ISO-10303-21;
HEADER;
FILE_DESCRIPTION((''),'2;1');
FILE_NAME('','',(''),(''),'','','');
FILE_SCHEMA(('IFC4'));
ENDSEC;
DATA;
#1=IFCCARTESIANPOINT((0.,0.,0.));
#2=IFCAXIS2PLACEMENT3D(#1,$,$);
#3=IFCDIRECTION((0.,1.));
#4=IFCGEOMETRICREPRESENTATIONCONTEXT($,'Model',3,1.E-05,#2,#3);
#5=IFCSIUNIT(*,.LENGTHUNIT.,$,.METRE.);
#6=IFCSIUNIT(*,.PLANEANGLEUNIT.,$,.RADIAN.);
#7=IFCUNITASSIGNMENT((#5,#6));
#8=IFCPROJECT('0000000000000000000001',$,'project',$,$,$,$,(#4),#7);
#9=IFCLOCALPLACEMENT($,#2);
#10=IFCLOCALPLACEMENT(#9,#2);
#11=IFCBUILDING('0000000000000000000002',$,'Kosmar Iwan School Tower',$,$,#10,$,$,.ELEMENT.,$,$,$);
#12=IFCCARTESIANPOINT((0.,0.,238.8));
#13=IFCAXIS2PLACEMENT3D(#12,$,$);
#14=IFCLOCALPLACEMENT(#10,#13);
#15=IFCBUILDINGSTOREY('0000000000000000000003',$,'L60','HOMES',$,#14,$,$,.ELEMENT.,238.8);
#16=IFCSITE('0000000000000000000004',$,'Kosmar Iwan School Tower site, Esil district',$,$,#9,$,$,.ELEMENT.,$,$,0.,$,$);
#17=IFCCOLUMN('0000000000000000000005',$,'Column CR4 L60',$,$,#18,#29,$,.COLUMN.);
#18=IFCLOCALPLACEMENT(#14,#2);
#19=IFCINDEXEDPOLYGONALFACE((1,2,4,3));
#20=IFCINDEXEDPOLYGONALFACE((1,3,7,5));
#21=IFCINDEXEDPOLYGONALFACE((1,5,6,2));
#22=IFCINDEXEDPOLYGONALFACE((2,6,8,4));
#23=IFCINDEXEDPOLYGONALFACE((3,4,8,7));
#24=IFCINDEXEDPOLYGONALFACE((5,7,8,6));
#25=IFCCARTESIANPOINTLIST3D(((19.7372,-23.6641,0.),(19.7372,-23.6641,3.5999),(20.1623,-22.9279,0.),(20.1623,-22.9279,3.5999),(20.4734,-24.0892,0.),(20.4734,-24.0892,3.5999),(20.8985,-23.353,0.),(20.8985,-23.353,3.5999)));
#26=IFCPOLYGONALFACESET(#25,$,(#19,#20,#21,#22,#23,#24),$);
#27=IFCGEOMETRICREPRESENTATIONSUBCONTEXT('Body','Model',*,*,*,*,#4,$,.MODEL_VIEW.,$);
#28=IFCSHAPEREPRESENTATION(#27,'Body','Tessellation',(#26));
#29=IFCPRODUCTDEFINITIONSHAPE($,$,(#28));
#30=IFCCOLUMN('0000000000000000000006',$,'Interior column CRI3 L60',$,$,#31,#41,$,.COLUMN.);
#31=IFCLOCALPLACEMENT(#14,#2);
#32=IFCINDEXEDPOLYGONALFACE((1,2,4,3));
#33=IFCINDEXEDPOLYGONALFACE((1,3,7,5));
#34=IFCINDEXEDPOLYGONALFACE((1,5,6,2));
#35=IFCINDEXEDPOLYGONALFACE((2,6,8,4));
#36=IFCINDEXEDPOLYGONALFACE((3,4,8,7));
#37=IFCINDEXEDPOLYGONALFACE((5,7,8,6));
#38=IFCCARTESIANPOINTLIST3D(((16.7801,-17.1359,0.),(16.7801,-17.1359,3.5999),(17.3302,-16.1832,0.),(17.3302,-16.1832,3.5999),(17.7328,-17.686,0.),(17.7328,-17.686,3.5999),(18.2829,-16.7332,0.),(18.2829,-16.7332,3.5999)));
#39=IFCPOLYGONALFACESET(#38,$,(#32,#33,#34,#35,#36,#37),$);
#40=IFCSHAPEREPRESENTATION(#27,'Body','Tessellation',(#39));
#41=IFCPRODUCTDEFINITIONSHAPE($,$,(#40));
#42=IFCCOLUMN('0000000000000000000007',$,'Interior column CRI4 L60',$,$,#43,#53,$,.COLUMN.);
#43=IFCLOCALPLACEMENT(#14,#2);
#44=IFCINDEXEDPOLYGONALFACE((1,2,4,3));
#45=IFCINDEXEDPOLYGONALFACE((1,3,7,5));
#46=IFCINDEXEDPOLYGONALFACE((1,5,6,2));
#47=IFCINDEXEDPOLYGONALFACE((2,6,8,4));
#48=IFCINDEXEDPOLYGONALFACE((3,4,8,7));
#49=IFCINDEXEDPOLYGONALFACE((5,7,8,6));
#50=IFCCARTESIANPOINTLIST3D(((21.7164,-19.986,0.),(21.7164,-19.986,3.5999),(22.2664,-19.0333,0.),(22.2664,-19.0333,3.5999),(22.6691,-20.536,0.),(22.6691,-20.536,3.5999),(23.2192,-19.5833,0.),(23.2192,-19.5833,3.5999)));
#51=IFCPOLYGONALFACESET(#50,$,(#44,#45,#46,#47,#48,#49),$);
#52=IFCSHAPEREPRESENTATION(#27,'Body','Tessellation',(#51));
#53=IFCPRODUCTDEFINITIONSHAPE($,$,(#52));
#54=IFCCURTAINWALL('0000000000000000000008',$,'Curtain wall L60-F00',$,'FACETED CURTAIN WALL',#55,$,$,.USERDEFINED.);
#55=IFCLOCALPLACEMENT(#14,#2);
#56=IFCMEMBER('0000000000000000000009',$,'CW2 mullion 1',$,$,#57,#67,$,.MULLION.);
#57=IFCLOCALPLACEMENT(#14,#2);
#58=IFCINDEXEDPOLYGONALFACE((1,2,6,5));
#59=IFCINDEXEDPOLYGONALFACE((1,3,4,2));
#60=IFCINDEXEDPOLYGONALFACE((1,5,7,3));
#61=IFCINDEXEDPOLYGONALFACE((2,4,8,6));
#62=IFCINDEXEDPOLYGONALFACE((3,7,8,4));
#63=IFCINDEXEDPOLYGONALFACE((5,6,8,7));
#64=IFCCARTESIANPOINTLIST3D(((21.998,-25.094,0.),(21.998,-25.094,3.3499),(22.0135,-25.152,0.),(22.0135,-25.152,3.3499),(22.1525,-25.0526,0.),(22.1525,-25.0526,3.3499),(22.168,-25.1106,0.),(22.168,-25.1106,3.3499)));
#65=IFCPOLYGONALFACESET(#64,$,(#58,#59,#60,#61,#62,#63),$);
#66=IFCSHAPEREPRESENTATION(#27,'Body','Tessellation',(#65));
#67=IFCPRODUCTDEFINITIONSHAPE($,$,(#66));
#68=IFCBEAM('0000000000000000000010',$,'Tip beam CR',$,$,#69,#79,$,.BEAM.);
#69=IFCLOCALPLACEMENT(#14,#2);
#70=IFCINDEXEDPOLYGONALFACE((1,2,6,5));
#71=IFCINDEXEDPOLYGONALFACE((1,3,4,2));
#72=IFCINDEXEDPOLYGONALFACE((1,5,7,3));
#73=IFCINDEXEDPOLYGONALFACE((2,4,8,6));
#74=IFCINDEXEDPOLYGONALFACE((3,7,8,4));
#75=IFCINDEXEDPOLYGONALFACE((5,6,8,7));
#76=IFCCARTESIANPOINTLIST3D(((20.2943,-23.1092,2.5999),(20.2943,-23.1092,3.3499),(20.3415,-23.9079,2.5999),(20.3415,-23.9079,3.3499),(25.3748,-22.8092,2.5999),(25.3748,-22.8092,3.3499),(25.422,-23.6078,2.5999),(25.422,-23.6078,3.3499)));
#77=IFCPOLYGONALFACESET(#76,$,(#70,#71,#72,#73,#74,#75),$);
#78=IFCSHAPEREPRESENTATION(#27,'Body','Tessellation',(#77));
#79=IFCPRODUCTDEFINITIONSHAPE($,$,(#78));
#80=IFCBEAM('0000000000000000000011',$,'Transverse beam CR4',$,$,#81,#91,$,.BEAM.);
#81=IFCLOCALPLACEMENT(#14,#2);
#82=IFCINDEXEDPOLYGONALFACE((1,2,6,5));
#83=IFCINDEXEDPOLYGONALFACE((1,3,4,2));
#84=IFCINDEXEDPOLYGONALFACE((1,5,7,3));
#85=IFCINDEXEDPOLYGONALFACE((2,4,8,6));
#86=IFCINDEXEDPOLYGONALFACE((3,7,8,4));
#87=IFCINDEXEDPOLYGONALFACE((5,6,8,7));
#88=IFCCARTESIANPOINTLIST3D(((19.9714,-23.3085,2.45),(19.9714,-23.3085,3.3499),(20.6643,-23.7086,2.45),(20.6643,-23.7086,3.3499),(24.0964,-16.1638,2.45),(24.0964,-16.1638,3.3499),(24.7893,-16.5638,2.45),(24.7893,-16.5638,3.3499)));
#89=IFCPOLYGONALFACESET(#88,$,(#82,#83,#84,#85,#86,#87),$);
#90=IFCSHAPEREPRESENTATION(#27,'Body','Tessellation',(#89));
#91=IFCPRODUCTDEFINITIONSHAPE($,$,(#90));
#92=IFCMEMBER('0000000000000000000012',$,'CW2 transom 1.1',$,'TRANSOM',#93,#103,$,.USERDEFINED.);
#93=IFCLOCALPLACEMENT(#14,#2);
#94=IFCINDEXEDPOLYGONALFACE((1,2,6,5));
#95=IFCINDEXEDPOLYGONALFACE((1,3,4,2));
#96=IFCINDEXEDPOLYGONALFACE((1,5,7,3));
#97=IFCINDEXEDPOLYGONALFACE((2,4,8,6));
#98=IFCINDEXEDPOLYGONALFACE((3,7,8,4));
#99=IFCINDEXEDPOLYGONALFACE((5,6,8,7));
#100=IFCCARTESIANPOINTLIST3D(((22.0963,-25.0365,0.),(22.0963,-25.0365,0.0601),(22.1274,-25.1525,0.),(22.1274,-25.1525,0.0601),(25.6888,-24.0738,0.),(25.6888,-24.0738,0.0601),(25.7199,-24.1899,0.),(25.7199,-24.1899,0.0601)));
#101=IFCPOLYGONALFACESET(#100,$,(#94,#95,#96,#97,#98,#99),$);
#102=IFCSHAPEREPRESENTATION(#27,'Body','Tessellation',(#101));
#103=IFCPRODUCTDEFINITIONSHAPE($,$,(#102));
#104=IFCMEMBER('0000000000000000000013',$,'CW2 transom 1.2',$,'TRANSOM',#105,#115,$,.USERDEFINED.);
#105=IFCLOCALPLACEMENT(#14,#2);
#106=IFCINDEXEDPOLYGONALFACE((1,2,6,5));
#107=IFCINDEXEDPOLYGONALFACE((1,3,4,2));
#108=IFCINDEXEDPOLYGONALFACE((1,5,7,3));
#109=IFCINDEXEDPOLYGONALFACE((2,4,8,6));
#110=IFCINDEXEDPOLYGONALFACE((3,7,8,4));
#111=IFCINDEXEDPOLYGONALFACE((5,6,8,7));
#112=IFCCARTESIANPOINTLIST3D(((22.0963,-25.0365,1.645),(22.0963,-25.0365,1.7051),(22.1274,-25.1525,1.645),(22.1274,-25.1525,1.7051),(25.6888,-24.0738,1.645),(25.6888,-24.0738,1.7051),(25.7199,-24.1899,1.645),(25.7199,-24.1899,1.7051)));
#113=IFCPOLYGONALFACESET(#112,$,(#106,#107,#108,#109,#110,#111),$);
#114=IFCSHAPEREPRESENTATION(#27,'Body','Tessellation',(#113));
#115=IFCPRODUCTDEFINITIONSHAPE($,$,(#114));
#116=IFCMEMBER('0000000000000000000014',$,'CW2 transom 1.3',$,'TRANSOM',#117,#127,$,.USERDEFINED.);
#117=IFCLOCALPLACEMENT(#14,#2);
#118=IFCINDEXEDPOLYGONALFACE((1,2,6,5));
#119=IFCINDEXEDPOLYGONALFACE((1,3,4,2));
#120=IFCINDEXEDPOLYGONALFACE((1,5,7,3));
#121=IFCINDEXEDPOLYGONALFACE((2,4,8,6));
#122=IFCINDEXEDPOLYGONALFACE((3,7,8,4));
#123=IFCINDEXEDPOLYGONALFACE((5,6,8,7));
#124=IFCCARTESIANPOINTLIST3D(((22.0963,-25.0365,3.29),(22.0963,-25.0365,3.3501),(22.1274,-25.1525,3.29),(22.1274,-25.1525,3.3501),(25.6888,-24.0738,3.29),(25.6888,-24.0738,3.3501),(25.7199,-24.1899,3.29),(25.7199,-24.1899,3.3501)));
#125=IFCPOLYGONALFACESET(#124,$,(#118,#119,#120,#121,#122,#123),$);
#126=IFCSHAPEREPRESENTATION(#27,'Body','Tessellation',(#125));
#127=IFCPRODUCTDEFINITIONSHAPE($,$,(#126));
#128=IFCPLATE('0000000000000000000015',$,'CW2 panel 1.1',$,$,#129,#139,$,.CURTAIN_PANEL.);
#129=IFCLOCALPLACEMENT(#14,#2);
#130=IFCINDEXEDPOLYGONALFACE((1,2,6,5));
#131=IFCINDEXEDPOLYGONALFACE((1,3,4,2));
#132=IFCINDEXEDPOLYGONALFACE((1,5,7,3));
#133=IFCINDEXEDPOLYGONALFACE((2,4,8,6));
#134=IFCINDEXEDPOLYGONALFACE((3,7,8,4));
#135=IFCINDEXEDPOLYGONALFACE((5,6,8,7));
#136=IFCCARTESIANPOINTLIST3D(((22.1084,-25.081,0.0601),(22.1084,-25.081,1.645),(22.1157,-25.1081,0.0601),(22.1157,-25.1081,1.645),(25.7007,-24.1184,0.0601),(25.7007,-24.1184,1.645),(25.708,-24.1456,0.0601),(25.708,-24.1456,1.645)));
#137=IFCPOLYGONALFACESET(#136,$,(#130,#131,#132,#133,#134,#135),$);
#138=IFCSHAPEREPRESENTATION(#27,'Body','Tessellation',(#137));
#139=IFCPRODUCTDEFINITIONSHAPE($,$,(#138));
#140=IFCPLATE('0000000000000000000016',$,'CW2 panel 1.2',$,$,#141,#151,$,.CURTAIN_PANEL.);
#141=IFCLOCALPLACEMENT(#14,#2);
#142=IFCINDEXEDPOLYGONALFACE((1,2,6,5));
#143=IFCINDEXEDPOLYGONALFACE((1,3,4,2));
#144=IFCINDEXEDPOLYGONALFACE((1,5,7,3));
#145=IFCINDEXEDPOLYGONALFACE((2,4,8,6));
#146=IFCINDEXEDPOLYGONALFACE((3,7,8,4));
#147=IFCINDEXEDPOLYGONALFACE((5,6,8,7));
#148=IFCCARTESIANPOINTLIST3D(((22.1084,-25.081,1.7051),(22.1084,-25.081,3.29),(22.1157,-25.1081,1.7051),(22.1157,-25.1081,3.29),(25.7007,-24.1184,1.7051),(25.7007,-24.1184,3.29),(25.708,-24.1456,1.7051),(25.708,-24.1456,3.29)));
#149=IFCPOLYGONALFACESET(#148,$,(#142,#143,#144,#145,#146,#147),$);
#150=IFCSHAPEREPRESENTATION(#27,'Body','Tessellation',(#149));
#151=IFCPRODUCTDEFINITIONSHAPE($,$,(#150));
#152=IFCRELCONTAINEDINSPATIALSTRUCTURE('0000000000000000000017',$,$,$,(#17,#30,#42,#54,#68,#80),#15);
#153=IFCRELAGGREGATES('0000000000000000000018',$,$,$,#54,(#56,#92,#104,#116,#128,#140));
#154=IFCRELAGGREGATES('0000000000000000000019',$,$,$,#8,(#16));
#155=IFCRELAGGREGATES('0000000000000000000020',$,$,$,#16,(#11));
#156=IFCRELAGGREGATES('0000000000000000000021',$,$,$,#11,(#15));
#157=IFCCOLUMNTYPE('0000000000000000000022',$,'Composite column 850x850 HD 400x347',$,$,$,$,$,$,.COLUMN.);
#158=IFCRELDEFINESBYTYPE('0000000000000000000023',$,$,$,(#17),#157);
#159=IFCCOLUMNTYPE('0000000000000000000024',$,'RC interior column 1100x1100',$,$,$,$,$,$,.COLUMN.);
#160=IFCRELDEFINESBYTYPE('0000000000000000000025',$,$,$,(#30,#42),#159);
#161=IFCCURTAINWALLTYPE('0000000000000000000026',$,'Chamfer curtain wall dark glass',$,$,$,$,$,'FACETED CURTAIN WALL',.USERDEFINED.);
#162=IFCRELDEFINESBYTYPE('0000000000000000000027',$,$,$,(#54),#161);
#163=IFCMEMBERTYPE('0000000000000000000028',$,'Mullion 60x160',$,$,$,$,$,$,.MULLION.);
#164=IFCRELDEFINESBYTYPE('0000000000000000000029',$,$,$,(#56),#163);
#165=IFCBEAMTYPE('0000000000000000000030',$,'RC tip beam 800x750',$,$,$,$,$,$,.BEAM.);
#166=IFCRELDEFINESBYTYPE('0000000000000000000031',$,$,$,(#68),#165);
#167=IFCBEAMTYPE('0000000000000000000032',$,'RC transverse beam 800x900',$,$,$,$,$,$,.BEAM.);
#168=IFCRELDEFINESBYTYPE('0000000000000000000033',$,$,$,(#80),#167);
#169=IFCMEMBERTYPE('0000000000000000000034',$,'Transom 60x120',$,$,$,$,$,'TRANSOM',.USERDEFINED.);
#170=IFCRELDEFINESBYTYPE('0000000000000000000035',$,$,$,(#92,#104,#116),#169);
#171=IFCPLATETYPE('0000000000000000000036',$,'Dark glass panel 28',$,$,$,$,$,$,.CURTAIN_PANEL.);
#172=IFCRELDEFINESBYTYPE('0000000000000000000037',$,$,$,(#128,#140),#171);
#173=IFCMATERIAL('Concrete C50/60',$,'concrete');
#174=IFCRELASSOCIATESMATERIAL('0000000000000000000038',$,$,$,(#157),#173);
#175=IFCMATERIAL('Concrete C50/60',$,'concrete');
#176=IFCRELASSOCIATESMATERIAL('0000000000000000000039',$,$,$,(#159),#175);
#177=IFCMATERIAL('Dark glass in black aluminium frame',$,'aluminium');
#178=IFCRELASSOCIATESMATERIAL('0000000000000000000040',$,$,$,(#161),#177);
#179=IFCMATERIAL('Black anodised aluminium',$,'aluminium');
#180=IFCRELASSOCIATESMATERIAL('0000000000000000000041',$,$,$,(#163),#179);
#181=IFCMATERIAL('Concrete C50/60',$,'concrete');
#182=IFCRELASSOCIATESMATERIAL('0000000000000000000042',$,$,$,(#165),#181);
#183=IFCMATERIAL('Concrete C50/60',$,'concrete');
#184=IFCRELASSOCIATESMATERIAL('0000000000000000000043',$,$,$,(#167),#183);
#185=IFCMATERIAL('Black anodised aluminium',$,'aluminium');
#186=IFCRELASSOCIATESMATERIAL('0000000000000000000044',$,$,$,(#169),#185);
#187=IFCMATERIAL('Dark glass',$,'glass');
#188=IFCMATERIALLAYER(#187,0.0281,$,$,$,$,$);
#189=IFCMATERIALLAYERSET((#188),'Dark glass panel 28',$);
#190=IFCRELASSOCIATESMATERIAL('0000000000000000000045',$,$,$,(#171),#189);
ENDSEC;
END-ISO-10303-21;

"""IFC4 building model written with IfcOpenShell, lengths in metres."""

from ifc_helpers import new_model, si_unit, direction, frame, origin, origin_2d, place, context, subcontext, project, spatial, rectangle, extrude, material, layer, layer_set, material_profile, profile_set, type_object, element, aggregate, save


model = new_model("IFC4")

# Units and contexts
model_context = context("Model", 3, precision=1e-05, world=origin(), true_north=direction((0.0, 1.0)))
body_context = subcontext(model_context, "Body", "Model", "MODEL_VIEW")
ifc_project = project(units=[si_unit("LENGTHUNIT", "METRE"), si_unit("PLANEANGLEUNIT", "RADIAN")], contexts=[model_context])

# Site, building, storey
site_placement = place(None, origin())
site = spatial("IfcSite", under=ifc_project, at=site_placement, Name="Kosmar Iwan School Tower site, Esil district", CompositionType="ELEMENT", RefElevation=0.0)
building_placement = place(site_placement, origin())
building = spatial("IfcBuilding", under=site, at=building_placement, Name="Kosmar Iwan School Tower", CompositionType="ELEMENT")
storey_placement = place(building_placement, frame((0.0, 0.0, 238.8)))
storey = spatial("IfcBuildingStorey", under=building, at=storey_placement, Name="L60", Description="HOMES", CompositionType="ELEMENT", Elevation=238.8)

# Columns
ifc_material_1 = material(Name="Concrete C50/60", Category="concrete")
ifc_material_profile_1 = material_profile(ifc_material_1, rectangle(XDim=0.8501, YDim=0.8501, at=origin_2d()), Name="RC 850x850 + HD 400x347")
ifc_profile_set_1 = profile_set([ifc_material_profile_1], Name="Concrete C50/60")
column_type_1 = type_object("IfcColumnType", Name="Composite column 850x850 HD 400x347", PredefinedType="COLUMN", material=ifc_profile_set_1)
column_placement = place(storey_placement, frame((20.3179, -23.5085, 0.0), z_axis=(0.0, 0.0, 1.0), x_axis=(0.866025, -0.5, 0.0)))
element("IfcColumn", 1, at=column_placement, inside=storey, type_object=column_type_1, Name="Column CR4 L60", PredefinedType="COLUMN", context=body_context, shape_type="SweptSolid", body=[
    extrude(rectangle(XDim=0.8501, YDim=0.8501, at=origin_2d()), origin(), (0.0, 0.0, 1.0), 3.5999),
])
ifc_material_2 = material(Name="Concrete C50/60", Category="concrete")
ifc_material_profile_2 = material_profile(ifc_material_2, rectangle(XDim=1.1001, YDim=1.1001, at=origin_2d()), Name="RC 1100x1100")
ifc_profile_set_2 = profile_set([ifc_material_profile_2], Name="Concrete C50/60")
column_type_2 = type_object("IfcColumnType", Name="RC interior column 1100x1100", PredefinedType="COLUMN", material=ifc_profile_set_2)
for number, where, z_axis, x_axis, name in (
    (2, (17.5315, -16.9346, 0.0), (0.0, 0.0, 1.0), (0.866025, -0.5, 0.0), "Interior column CRI3 L60"),
    (3, (22.4678, -19.7847, 0.0), (0.0, 0.0, 1.0), (0.866025, -0.5, 0.0), "Interior column CRI4 L60"),
):
    element("IfcColumn", number, at=place(storey_placement, frame(where, z_axis=z_axis, x_axis=x_axis)), inside=storey, type_object=column_type_2, Name=name, PredefinedType="COLUMN", context=body_context, shape_type="SweptSolid", body=[
        extrude(rectangle(XDim=1.1001, YDim=1.1001, at=origin_2d()), origin(), (0.0, 0.0, 1.0), 3.5999),
    ])

# Curtain wall, member
ifc_material_3 = material(Name="Dark glass in black aluminium frame", Category="aluminium")
curtain_wall_type = type_object("IfcCurtainWallType", Name="Chamfer curtain wall dark glass", ElementType="FACETED CURTAIN WALL", PredefinedType="USERDEFINED", material=ifc_material_3)
curtain_wall_placement = place(storey_placement, origin())
curtain_wall = element("IfcCurtainWall", 4, at=curtain_wall_placement, inside=storey, type_object=curtain_wall_type, Name="Curtain wall L60-F00", ObjectType="FACETED CURTAIN WALL", PredefinedType="USERDEFINED")
ifc_material_4 = material(Name="Black anodised aluminium", Category="aluminium")
ifc_material_profile_3 = material_profile(ifc_material_4, rectangle(XDim=0.0601, YDim=0.1599, at=origin_2d()), Name="MULLION 60x160")
ifc_profile_set_3 = profile_set([ifc_material_profile_3], Name="Black anodised aluminium")
member_type_1 = type_object("IfcMemberType", Name="Mullion 60x160", PredefinedType="MULLION", material=ifc_profile_set_3)
member_1_placement = place(storey_placement, frame((22.083, -25.1023, 0.0), z_axis=(0.0, 0.0, 1.0), x_axis=(-0.258819, 0.965926, 0.0)))
member_1 = element("IfcMember", 5, at=member_1_placement, type_object=member_type_1, Name="CW2 mullion 1", PredefinedType="MULLION", context=body_context, shape_type="SweptSolid", body=[
    extrude(rectangle(XDim=0.0601, YDim=0.1599, at=origin_2d()), origin(), (0.0, 0.0, 1.0), 3.3499),
])

# Beams
ifc_material_5 = material(Name="Concrete C50/60", Category="concrete")
ifc_material_profile_4 = material_profile(ifc_material_5, rectangle(XDim=0.8, YDim=0.75, at=origin_2d()), Name="RC 800x750")
ifc_profile_set_4 = profile_set([ifc_material_profile_4], Name="Concrete C50/60")
beam_type_1 = type_object("IfcBeamType", Name="RC tip beam 800x750", PredefinedType="BEAM", material=ifc_profile_set_4)
beam_1_placement = place(storey_placement, frame((20.3179, -23.5085, 2.9749), z_axis=(0.998261, 0.058955, 0.0), x_axis=(-0.058955, 0.998261, 0.0)))
element("IfcBeam", 6, at=beam_1_placement, inside=storey, type_object=beam_type_1, Name="Tip beam CR", PredefinedType="BEAM", context=body_context, shape_type="SweptSolid", body=[
    extrude(rectangle(XDim=0.8, YDim=0.75, at=origin_2d()), origin(), (0.0, 0.0, 1.0), 5.0894),
])
ifc_material_6 = material(Name="Concrete C50/60", Category="concrete")
ifc_material_profile_5 = material_profile(ifc_material_6, rectangle(XDim=0.8, YDim=0.8999, at=origin_2d()), Name="RC 800x900")
ifc_profile_set_5 = profile_set([ifc_material_profile_5], Name="Concrete C50/60")
beam_type_2 = type_object("IfcBeamType", Name="RC transverse beam 800x900", PredefinedType="BEAM", material=ifc_profile_set_5)
beam_2_placement = place(storey_placement, frame((20.3179, -23.5085, 2.8999), z_axis=(0.499997, 0.866027, 0.0), x_axis=(-0.866027, 0.499997, 0.0)))
element("IfcBeam", 7, at=beam_2_placement, inside=storey, type_object=beam_type_2, Name="Transverse beam CR4", PredefinedType="BEAM", context=body_context, shape_type="SweptSolid", body=[
    extrude(rectangle(XDim=0.8, YDim=0.8999, at=origin_2d()), origin(), (0.0, 0.0, 1.0), 8.25),
])

# Members
ifc_material_7 = material(Name="Black anodised aluminium", Category="aluminium")
ifc_material_profile_6 = material_profile(ifc_material_7, rectangle(XDim=0.1201, YDim=0.0601, at=origin_2d()), Name="TRANSOM 60x120")
ifc_profile_set_6 = profile_set([ifc_material_profile_6], Name="Black anodised aluminium")
member_type_2 = type_object("IfcMemberType", Name="Transom 60x120", ElementType="TRANSOM", PredefinedType="USERDEFINED", material=ifc_profile_set_6)
member_2_placement = place(storey_placement, frame((22.1118, -25.0945, 0.03), z_axis=(0.965924, 0.258827, 0.0), x_axis=(-0.258827, 0.965924, 0.0)))
member_2 = element("IfcMember", 8, at=member_2_placement, type_object=member_type_2, Name="CW2 transom 1.1", ObjectType="TRANSOM", PredefinedType="USERDEFINED", context=body_context, shape_type="SweptSolid", body=[
    extrude(rectangle(XDim=0.1201, YDim=0.0601, at=origin_2d()), origin(), (0.0, 0.0, 1.0), 3.7192),
])
member_3_placement = place(storey_placement, frame((22.1118, -25.0945, 1.675), z_axis=(0.965924, 0.258827, 0.0), x_axis=(-0.258827, 0.965924, 0.0)))
member_3 = element("IfcMember", 9, at=member_3_placement, type_object=member_type_2, Name="CW2 transom 1.2", ObjectType="TRANSOM", PredefinedType="USERDEFINED", context=body_context, shape_type="SweptSolid", body=[
    extrude(rectangle(XDim=0.1201, YDim=0.0601, at=origin_2d()), origin(), (0.0, 0.0, 1.0), 3.7192),
])
member_4_placement = place(storey_placement, frame((22.1118, -25.0945, 3.3201), z_axis=(0.965924, 0.258827, 0.0), x_axis=(-0.258827, 0.965924, 0.0)))
member_4 = element("IfcMember", 10, at=member_4_placement, type_object=member_type_2, Name="CW2 transom 1.3", ObjectType="TRANSOM", PredefinedType="USERDEFINED", context=body_context, shape_type="SweptSolid", body=[
    extrude(rectangle(XDim=0.1201, YDim=0.0601, at=origin_2d()), origin(), (0.0, 0.0, 1.0), 3.7192),
])

# Plates
ifc_material_8 = material(Name="Dark glass", Category="glass")
ifc_layer_1 = layer(ifc_material_8, 0.0281)
ifc_layer_set_1 = layer_set([ifc_layer_1], Name="Dark glass panel 28")
plate_type = type_object("IfcPlateType", Name="Dark glass panel 28", PredefinedType="CURTAIN_PANEL", material=ifc_layer_set_1)
plate_1_placement = place(storey_placement, frame((23.9082, -24.6133, 0.0601), z_axis=(0.0, 0.0, 1.0), x_axis=(0.965926, 0.258819, 0.0)))
plate_1 = element("IfcPlate", 11, at=plate_1_placement, type_object=plate_type, Name="CW2 panel 1.1", PredefinedType="CURTAIN_PANEL", context=body_context, shape_type="SweptSolid", body=[
    extrude(rectangle(XDim=3.719, YDim=0.0281, at=origin_2d()), origin(), (0.0, 0.0, 1.0), 1.585),
])
plate_2_placement = place(storey_placement, frame((23.9082, -24.6133, 1.7051), z_axis=(0.0, 0.0, 1.0), x_axis=(0.965926, 0.258819, 0.0)))
plate_2 = element("IfcPlate", 12, at=plate_2_placement, type_object=plate_type, Name="CW2 panel 1.2", PredefinedType="CURTAIN_PANEL", context=body_context, shape_type="SweptSolid", body=[
    extrude(rectangle(XDim=3.719, YDim=0.0281, at=origin_2d()), origin(), (0.0, 0.0, 1.0), 1.585),
])
aggregate(curtain_wall, [member_1, member_2, member_3, member_4, plate_1, plate_2])

save(model, "model.ifc")
